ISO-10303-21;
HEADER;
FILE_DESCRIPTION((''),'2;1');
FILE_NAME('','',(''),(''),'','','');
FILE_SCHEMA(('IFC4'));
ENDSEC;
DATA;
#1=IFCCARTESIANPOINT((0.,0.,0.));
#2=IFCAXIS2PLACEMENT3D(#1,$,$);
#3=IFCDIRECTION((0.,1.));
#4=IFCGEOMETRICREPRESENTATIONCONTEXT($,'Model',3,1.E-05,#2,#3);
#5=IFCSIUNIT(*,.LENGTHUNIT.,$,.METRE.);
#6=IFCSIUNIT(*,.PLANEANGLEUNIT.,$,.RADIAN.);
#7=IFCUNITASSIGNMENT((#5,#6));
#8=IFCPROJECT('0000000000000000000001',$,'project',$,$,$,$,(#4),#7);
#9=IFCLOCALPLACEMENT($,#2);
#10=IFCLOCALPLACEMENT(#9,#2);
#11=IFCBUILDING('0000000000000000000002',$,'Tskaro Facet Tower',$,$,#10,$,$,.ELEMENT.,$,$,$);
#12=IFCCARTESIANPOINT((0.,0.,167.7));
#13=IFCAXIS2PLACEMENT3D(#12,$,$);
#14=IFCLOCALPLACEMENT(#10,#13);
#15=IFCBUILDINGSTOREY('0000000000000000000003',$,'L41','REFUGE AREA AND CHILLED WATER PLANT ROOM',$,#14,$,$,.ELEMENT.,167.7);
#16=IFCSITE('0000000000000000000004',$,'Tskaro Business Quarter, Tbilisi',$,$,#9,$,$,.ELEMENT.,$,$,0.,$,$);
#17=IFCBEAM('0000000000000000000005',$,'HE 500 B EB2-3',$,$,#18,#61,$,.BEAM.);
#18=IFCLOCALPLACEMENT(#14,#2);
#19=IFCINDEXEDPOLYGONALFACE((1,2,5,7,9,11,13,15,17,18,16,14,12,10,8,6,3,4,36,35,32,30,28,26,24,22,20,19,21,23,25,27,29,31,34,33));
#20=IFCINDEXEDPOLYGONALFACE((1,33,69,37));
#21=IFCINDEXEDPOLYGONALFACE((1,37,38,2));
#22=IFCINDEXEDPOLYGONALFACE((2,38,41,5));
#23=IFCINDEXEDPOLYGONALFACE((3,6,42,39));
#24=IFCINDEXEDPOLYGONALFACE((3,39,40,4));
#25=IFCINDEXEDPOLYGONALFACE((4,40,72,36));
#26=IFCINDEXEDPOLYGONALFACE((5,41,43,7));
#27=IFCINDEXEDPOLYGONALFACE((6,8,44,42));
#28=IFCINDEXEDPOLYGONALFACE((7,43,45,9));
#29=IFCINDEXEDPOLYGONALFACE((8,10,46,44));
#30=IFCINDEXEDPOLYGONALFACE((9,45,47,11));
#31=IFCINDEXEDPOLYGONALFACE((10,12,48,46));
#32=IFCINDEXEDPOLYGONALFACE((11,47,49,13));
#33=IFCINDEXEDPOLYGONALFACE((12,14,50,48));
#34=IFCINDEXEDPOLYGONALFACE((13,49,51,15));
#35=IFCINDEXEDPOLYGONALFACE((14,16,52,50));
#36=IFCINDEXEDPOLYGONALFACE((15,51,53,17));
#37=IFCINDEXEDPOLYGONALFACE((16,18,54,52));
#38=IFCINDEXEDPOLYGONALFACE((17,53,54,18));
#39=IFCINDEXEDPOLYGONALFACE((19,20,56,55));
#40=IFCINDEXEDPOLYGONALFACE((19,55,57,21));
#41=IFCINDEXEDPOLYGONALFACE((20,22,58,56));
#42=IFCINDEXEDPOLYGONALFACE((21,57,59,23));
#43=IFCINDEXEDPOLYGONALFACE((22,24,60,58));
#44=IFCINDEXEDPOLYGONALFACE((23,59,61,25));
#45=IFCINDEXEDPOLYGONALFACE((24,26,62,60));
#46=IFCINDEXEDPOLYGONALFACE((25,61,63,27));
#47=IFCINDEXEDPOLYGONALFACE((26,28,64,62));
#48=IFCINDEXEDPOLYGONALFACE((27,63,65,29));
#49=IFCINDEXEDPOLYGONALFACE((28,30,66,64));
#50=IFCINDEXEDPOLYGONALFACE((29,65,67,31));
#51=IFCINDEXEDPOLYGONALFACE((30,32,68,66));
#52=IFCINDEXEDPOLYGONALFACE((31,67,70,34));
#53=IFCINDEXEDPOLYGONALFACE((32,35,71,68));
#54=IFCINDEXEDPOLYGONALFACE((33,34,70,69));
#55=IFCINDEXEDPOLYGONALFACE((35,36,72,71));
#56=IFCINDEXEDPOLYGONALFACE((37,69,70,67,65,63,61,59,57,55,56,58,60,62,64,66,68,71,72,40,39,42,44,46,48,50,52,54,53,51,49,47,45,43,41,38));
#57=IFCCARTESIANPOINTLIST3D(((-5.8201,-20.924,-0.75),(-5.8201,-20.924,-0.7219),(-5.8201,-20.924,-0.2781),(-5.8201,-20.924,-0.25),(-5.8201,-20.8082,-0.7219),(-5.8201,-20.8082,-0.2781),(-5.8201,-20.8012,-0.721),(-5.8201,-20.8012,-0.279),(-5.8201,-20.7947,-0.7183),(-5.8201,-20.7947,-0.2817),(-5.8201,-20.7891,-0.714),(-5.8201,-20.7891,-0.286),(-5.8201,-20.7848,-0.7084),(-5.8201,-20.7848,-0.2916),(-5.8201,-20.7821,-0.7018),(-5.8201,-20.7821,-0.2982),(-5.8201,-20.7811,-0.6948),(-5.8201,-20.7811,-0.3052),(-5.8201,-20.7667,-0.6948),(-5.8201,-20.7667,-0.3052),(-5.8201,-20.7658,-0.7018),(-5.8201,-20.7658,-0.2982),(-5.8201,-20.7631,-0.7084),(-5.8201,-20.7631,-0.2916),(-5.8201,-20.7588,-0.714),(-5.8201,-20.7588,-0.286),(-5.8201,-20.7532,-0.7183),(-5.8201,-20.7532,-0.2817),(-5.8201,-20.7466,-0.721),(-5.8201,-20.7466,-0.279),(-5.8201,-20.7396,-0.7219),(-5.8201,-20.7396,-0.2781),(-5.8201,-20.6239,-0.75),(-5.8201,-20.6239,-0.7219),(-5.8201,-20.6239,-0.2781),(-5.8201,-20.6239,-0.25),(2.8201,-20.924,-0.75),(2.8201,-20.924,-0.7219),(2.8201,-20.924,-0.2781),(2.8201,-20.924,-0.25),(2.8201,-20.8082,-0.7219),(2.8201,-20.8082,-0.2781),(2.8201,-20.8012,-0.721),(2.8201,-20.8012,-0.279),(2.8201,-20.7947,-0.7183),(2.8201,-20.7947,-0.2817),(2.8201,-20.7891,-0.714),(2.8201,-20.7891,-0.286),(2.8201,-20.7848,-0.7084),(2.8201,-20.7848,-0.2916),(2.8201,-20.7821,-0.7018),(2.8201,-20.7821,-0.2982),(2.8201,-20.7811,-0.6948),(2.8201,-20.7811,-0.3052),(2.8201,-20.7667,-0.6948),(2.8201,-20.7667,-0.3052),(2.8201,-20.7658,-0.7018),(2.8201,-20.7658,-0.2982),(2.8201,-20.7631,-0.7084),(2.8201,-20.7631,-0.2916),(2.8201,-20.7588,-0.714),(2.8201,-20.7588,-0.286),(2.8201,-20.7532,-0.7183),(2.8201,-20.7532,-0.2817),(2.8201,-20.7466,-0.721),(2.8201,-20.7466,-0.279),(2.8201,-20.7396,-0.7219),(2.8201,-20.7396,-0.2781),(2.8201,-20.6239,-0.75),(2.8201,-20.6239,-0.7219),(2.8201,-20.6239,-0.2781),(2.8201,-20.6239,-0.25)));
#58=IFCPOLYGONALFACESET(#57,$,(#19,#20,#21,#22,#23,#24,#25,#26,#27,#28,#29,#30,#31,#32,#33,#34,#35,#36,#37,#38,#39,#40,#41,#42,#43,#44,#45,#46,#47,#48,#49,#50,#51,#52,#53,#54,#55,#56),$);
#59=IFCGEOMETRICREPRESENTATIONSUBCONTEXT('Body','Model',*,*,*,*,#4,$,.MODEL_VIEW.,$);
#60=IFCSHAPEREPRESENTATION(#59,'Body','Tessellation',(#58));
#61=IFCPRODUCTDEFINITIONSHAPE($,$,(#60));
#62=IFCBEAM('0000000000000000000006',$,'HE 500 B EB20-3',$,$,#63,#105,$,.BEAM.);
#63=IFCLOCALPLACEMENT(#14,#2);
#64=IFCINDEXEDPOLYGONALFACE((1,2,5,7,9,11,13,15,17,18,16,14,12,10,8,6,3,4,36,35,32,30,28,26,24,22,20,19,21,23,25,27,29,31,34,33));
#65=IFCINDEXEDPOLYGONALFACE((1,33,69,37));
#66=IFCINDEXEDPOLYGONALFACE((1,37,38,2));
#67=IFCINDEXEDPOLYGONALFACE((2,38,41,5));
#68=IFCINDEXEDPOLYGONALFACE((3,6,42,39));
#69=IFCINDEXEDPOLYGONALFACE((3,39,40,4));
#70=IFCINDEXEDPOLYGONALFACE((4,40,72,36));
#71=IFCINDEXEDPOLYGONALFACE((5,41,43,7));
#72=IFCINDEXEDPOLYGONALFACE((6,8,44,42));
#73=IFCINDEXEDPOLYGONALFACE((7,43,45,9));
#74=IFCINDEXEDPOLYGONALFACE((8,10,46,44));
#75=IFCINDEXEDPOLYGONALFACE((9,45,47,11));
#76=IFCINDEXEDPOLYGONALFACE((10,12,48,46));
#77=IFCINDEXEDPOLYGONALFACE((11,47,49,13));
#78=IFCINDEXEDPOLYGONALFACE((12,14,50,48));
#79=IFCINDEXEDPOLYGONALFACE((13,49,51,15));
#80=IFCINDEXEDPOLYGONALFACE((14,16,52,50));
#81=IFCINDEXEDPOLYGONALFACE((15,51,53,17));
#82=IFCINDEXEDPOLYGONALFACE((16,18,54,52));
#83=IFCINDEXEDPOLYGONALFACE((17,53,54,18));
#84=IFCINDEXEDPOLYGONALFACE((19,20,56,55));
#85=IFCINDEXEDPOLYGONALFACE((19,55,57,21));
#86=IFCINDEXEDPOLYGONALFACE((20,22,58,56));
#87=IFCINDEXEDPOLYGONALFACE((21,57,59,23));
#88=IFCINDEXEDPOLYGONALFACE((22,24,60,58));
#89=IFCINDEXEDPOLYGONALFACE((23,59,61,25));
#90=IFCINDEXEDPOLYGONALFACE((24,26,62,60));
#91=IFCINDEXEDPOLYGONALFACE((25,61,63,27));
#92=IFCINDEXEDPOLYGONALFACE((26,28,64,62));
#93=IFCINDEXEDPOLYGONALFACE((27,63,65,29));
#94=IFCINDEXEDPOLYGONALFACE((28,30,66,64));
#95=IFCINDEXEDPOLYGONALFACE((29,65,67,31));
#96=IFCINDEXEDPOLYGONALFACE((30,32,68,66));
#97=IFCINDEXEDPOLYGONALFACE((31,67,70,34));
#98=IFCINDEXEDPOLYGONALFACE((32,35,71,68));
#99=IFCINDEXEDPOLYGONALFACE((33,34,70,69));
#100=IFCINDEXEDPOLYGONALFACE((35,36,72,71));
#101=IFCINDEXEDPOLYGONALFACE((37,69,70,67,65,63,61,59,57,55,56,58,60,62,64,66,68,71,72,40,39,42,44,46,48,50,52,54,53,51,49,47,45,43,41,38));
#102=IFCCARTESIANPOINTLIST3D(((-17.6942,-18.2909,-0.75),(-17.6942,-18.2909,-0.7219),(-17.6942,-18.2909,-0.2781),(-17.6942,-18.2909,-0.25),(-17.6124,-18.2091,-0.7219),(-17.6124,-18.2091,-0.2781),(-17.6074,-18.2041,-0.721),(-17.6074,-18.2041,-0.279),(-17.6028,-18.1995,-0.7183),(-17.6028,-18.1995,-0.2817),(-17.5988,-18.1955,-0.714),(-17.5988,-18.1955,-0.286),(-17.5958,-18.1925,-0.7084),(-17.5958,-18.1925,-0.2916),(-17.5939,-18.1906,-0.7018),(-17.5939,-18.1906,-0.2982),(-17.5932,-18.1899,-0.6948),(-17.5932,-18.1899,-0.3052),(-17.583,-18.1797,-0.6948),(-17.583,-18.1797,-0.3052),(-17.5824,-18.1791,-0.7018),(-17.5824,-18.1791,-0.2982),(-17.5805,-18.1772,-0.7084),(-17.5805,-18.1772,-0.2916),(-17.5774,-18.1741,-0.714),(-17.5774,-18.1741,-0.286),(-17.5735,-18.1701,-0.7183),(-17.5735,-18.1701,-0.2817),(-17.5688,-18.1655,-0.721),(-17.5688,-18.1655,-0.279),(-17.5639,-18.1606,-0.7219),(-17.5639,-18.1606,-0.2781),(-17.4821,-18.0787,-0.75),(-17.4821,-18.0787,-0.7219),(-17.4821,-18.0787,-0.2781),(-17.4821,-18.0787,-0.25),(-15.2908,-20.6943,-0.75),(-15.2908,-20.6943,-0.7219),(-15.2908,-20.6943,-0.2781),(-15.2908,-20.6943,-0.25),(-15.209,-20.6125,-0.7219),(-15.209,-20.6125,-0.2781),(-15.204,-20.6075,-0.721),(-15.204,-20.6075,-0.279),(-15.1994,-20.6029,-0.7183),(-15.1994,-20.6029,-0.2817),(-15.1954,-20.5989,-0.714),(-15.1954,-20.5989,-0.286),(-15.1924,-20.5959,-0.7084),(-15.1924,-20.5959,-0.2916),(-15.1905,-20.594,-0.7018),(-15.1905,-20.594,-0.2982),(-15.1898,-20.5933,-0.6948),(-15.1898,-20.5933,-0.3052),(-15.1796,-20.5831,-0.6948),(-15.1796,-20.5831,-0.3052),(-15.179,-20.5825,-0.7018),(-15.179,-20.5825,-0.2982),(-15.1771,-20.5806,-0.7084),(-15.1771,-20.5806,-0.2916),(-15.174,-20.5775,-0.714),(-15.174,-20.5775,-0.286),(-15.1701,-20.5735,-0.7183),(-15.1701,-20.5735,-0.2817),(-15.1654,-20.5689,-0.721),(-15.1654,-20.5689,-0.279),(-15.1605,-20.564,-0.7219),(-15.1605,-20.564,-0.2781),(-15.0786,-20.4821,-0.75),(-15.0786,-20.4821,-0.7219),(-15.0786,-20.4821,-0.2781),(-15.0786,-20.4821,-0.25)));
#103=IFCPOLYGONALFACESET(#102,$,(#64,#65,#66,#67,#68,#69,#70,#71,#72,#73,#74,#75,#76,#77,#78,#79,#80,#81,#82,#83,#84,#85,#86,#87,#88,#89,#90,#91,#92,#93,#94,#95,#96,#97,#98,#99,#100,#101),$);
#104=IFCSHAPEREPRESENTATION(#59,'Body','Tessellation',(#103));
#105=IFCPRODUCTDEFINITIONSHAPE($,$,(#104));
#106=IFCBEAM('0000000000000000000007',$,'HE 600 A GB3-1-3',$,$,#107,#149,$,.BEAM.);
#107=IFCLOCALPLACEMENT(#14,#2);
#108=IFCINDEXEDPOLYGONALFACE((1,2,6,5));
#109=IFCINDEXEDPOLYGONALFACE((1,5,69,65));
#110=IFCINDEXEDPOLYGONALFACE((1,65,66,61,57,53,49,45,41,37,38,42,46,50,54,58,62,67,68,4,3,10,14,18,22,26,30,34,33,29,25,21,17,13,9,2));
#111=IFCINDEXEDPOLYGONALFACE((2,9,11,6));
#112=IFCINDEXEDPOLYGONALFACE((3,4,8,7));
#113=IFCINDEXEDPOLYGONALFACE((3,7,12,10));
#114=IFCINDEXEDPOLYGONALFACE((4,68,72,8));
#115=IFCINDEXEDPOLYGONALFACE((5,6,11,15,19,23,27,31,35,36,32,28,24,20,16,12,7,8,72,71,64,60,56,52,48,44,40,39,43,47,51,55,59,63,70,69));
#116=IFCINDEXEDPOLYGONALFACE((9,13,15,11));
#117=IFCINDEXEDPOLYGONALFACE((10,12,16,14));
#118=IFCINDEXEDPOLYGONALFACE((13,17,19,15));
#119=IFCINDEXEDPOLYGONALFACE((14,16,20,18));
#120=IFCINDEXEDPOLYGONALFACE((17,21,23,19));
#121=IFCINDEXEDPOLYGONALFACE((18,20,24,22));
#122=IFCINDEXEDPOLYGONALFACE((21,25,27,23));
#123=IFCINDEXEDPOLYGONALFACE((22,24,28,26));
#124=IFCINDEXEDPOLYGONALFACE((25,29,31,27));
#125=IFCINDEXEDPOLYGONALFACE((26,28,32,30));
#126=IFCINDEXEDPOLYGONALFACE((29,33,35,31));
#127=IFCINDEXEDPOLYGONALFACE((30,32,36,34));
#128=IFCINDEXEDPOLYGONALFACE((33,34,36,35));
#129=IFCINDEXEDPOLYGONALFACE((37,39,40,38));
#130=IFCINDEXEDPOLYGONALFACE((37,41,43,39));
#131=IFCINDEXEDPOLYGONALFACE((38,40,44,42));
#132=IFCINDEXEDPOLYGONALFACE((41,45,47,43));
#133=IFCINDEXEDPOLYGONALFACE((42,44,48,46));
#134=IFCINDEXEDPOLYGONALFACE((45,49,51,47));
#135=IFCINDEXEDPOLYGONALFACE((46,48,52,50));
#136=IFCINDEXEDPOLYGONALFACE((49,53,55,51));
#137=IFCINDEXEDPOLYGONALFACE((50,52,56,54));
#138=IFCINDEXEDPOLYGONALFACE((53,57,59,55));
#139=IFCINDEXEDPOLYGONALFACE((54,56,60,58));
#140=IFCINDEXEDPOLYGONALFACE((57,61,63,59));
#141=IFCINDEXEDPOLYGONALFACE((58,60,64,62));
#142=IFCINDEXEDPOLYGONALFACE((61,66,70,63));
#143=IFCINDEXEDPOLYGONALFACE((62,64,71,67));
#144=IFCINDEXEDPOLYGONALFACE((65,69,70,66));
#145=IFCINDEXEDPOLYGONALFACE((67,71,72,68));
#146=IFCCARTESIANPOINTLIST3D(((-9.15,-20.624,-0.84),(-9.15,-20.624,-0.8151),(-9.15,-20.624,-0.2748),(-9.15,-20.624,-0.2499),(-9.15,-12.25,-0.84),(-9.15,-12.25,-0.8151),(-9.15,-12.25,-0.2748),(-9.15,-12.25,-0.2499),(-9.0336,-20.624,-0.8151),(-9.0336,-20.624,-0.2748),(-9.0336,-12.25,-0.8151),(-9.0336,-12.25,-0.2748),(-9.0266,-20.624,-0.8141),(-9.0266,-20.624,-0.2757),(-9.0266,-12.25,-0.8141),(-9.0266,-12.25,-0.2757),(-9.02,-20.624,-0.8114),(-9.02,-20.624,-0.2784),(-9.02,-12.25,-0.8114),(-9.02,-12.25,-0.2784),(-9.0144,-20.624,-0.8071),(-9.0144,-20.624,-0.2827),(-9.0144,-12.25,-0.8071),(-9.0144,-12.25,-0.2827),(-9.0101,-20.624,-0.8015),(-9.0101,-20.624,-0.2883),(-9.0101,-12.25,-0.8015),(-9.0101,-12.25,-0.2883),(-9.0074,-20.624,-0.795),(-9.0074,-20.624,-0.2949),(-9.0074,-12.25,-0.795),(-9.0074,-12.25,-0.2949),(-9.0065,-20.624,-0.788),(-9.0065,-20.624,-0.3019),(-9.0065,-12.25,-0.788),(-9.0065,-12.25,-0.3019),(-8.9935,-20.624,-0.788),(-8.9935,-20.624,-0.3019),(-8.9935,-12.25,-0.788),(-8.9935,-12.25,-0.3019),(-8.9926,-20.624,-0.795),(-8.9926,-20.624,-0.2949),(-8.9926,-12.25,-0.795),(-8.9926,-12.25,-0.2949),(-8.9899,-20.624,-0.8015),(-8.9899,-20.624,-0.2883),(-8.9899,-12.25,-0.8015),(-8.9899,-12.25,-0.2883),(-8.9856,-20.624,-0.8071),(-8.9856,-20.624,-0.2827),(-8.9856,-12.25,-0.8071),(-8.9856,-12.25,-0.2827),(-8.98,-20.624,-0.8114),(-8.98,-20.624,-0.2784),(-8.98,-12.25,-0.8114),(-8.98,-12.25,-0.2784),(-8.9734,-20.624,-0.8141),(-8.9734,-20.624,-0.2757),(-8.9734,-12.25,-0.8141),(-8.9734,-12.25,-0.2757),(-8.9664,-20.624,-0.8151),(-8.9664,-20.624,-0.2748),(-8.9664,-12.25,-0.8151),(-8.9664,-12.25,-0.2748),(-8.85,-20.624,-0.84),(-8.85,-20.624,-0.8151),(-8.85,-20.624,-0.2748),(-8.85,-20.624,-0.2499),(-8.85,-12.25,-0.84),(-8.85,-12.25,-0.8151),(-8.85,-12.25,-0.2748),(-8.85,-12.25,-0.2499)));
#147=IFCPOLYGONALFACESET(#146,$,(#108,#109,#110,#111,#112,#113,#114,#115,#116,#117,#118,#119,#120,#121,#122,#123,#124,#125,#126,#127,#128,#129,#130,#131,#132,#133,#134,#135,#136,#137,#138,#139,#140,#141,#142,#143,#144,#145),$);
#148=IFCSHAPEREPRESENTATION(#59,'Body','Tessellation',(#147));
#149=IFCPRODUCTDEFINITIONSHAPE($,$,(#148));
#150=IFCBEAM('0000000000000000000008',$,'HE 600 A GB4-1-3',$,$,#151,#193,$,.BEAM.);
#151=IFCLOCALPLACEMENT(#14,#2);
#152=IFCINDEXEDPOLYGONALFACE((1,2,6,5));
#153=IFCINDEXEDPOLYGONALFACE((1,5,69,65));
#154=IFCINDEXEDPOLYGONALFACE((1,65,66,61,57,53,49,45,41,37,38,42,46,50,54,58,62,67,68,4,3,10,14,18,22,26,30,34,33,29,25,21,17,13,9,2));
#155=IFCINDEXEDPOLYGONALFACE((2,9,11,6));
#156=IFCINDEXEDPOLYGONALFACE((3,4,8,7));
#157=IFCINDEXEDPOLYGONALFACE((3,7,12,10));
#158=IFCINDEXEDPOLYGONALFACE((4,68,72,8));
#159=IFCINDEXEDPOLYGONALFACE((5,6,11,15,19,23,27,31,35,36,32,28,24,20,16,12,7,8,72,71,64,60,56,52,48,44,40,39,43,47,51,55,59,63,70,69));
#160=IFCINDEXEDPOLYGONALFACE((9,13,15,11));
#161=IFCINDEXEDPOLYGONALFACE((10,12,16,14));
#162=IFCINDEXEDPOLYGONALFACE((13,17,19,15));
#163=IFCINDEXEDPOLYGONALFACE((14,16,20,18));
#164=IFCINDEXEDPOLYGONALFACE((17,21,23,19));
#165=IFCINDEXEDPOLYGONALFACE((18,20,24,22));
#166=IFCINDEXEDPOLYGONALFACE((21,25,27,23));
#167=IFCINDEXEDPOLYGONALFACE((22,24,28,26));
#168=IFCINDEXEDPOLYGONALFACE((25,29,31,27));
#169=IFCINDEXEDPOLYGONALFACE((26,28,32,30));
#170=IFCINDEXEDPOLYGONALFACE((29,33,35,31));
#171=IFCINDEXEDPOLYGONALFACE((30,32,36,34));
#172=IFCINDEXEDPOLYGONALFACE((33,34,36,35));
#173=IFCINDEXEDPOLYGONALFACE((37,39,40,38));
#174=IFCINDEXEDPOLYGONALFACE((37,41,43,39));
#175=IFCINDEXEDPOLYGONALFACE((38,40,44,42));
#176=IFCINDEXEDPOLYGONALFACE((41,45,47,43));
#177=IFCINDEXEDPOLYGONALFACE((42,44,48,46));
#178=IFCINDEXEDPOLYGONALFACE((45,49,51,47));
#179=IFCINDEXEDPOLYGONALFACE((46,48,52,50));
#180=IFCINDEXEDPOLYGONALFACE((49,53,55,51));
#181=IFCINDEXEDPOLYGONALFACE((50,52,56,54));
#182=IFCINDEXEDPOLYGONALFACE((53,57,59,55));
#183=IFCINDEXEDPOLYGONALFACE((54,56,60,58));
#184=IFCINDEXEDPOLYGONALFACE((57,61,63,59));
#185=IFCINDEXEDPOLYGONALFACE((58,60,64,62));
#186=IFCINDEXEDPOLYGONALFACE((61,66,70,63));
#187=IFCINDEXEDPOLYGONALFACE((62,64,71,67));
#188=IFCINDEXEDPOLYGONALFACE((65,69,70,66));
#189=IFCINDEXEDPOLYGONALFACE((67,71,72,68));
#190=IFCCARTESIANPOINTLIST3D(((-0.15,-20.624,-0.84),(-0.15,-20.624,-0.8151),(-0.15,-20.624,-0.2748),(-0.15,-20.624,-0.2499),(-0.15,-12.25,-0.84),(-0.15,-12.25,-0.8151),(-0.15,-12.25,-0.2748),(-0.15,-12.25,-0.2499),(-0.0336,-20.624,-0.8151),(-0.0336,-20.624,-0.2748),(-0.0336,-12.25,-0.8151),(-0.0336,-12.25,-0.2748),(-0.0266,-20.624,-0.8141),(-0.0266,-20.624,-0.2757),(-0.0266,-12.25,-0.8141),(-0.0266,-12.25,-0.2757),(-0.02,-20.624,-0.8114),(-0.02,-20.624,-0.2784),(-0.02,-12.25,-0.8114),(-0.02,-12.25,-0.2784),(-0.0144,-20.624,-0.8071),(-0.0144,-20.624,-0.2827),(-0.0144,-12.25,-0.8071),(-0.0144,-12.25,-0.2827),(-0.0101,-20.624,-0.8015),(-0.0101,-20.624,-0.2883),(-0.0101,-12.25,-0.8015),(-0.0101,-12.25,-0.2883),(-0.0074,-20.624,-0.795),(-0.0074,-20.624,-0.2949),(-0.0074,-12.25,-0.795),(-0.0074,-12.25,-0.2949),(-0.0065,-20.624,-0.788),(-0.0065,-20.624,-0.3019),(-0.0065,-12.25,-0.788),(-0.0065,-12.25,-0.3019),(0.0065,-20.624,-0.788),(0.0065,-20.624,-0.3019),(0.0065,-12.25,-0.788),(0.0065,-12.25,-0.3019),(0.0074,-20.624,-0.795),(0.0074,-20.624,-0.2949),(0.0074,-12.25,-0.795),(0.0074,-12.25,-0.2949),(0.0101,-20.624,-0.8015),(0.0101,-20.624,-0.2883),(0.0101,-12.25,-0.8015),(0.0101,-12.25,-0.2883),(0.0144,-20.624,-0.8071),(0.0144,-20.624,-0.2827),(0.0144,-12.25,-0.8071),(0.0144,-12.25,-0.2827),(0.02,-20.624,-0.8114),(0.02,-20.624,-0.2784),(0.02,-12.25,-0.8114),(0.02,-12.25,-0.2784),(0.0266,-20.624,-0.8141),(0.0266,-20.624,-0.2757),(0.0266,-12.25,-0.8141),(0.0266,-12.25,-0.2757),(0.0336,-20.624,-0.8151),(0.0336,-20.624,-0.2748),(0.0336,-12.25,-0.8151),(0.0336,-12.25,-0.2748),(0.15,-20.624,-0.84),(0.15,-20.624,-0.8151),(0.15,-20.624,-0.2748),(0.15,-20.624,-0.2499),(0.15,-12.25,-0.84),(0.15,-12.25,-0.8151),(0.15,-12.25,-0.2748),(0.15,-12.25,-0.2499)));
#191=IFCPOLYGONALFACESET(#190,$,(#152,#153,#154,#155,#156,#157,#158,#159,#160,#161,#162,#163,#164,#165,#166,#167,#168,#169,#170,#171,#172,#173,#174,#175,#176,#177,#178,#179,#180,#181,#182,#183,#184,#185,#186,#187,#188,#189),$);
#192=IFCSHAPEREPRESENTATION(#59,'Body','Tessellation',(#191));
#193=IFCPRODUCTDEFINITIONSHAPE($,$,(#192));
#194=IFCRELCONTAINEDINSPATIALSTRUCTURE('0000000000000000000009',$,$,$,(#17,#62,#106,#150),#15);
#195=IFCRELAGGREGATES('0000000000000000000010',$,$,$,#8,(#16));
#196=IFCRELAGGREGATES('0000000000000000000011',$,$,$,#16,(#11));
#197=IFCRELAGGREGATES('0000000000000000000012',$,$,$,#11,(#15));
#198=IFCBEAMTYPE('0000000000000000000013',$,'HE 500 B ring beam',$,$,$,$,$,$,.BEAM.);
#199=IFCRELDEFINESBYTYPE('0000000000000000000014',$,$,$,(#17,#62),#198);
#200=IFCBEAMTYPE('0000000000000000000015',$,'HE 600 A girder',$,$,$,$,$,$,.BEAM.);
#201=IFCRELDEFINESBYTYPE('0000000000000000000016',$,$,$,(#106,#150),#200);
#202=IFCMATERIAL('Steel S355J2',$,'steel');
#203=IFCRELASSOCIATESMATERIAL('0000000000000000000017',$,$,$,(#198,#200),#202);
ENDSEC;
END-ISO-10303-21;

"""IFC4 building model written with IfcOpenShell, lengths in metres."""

from ifc_helpers import new_model, si_unit, direction, frame, origin, origin_2d, place, context, subcontext, project, spatial, i_section, extrude, material, material_profile, profile_set, type_object, element, save


model = new_model("IFC4")

# Units and contexts
model_context = context("Model", 3, precision=1e-05, world=origin(), true_north=direction((0.0, 1.0)))
body_context = subcontext(model_context, "Body", "Model", "MODEL_VIEW")
ifc_project = project(units=[si_unit("LENGTHUNIT", "METRE"), si_unit("PLANEANGLEUNIT", "RADIAN")], contexts=[model_context])

# Site, building, storey
site_placement = place(None, origin())
site = spatial("IfcSite", under=ifc_project, at=site_placement, Name="Tskaro Business Quarter, Tbilisi", CompositionType="ELEMENT", RefElevation=0.0)
building_placement = place(site_placement, origin())
building = spatial("IfcBuilding", under=site, at=building_placement, Name="Tskaro Facet Tower", CompositionType="ELEMENT")
storey_placement = place(building_placement, frame((0.0, 0.0, 167.7)))
storey = spatial("IfcBuildingStorey", under=building, at=storey_placement, Name="L41", Description="REFUGE AREA AND CHILLED WATER PLANT ROOM", CompositionType="ELEMENT", Elevation=167.7)

# Shared definitions
ifc_material_1 = material(Name="Steel S355J2", Category="steel")

# Beams
ifc_material_profile_1 = material_profile(ifc_material_1, i_section(OverallWidth=0.3, OverallDepth=0.5, WebThickness=0.0144, FlangeThickness=0.0281, FilletRadius=0.0271, at=origin_2d()), Name="HE 500 B")
ifc_profile_set_1 = profile_set([ifc_material_profile_1], Name="Steel S355J2")
beam_type_1 = type_object("IfcBeamType", Name="HE 500 B ring beam", PredefinedType="BEAM", material=ifc_profile_set_1)
beam_1_placement = place(storey_placement, frame((-5.8201, -20.7739, -0.5), z_axis=(1.0, 0.0, 0.0), x_axis=(0.0, 1.0, 0.0)))
element("IfcBeam", 1, at=beam_1_placement, inside=storey, type_object=beam_type_1, Name="HE 500 B EB2-3", PredefinedType="BEAM", context=body_context, shape_type="SweptSolid", body=[
    extrude(i_section(OverallWidth=0.3, OverallDepth=0.5, WebThickness=0.0144, FlangeThickness=0.0281, FilletRadius=0.0271, at=origin_2d()), origin(), (0.0, 0.0, 1.0), 8.6401),
])
beam_2_placement = place(storey_placement, frame((-17.5881, -18.1848, -0.5), z_axis=(0.707107, -0.707107, 0.0), x_axis=(0.707107, 0.707107, 0.0)))
element("IfcBeam", 2, at=beam_2_placement, inside=storey, type_object=beam_type_1, Name="HE 500 B EB20-3", PredefinedType="BEAM", context=body_context, shape_type="SweptSolid", body=[
    extrude(i_section(OverallWidth=0.3, OverallDepth=0.5, WebThickness=0.0144, FlangeThickness=0.0281, FilletRadius=0.0271, at=origin_2d()), origin(), (0.0, 0.0, 1.0), 3.3989),
])
ifc_material_profile_2 = material_profile(ifc_material_1, i_section(OverallWidth=0.3, OverallDepth=0.5901, WebThickness=0.0129, FlangeThickness=0.0249, FilletRadius=0.0271, at=origin_2d()), Name="HE 600 A")
ifc_profile_set_2 = profile_set([ifc_material_profile_2], Name="Steel S355J2")
beam_type_2 = type_object("IfcBeamType", Name="HE 600 A girder", PredefinedType="BEAM", material=ifc_profile_set_2)
for number, where, z_axis, x_axis, name in (
    (3, (-9.0, -20.624, -0.5449), (0.0, 1.0, 0.0), (-1.0, 0.0, 0.0), "HE 600 A GB3-1-3"),
    (4, (0.0, -20.624, -0.5449), (0.0, 1.0, 0.0), (-1.0, 0.0, 0.0), "HE 600 A GB4-1-3"),
):
    element("IfcBeam", number, at=place(storey_placement, frame(where, z_axis=z_axis, x_axis=x_axis)), inside=storey, type_object=beam_type_2, Name=name, PredefinedType="BEAM", context=body_context, shape_type="SweptSolid", body=[
        extrude(i_section(OverallWidth=0.3, OverallDepth=0.5901, WebThickness=0.0129, FlangeThickness=0.0249, FilletRadius=0.0271, at=origin_2d()), origin(), (0.0, 0.0, 1.0), 8.374),
    ])

save(model, "model.ifc")
